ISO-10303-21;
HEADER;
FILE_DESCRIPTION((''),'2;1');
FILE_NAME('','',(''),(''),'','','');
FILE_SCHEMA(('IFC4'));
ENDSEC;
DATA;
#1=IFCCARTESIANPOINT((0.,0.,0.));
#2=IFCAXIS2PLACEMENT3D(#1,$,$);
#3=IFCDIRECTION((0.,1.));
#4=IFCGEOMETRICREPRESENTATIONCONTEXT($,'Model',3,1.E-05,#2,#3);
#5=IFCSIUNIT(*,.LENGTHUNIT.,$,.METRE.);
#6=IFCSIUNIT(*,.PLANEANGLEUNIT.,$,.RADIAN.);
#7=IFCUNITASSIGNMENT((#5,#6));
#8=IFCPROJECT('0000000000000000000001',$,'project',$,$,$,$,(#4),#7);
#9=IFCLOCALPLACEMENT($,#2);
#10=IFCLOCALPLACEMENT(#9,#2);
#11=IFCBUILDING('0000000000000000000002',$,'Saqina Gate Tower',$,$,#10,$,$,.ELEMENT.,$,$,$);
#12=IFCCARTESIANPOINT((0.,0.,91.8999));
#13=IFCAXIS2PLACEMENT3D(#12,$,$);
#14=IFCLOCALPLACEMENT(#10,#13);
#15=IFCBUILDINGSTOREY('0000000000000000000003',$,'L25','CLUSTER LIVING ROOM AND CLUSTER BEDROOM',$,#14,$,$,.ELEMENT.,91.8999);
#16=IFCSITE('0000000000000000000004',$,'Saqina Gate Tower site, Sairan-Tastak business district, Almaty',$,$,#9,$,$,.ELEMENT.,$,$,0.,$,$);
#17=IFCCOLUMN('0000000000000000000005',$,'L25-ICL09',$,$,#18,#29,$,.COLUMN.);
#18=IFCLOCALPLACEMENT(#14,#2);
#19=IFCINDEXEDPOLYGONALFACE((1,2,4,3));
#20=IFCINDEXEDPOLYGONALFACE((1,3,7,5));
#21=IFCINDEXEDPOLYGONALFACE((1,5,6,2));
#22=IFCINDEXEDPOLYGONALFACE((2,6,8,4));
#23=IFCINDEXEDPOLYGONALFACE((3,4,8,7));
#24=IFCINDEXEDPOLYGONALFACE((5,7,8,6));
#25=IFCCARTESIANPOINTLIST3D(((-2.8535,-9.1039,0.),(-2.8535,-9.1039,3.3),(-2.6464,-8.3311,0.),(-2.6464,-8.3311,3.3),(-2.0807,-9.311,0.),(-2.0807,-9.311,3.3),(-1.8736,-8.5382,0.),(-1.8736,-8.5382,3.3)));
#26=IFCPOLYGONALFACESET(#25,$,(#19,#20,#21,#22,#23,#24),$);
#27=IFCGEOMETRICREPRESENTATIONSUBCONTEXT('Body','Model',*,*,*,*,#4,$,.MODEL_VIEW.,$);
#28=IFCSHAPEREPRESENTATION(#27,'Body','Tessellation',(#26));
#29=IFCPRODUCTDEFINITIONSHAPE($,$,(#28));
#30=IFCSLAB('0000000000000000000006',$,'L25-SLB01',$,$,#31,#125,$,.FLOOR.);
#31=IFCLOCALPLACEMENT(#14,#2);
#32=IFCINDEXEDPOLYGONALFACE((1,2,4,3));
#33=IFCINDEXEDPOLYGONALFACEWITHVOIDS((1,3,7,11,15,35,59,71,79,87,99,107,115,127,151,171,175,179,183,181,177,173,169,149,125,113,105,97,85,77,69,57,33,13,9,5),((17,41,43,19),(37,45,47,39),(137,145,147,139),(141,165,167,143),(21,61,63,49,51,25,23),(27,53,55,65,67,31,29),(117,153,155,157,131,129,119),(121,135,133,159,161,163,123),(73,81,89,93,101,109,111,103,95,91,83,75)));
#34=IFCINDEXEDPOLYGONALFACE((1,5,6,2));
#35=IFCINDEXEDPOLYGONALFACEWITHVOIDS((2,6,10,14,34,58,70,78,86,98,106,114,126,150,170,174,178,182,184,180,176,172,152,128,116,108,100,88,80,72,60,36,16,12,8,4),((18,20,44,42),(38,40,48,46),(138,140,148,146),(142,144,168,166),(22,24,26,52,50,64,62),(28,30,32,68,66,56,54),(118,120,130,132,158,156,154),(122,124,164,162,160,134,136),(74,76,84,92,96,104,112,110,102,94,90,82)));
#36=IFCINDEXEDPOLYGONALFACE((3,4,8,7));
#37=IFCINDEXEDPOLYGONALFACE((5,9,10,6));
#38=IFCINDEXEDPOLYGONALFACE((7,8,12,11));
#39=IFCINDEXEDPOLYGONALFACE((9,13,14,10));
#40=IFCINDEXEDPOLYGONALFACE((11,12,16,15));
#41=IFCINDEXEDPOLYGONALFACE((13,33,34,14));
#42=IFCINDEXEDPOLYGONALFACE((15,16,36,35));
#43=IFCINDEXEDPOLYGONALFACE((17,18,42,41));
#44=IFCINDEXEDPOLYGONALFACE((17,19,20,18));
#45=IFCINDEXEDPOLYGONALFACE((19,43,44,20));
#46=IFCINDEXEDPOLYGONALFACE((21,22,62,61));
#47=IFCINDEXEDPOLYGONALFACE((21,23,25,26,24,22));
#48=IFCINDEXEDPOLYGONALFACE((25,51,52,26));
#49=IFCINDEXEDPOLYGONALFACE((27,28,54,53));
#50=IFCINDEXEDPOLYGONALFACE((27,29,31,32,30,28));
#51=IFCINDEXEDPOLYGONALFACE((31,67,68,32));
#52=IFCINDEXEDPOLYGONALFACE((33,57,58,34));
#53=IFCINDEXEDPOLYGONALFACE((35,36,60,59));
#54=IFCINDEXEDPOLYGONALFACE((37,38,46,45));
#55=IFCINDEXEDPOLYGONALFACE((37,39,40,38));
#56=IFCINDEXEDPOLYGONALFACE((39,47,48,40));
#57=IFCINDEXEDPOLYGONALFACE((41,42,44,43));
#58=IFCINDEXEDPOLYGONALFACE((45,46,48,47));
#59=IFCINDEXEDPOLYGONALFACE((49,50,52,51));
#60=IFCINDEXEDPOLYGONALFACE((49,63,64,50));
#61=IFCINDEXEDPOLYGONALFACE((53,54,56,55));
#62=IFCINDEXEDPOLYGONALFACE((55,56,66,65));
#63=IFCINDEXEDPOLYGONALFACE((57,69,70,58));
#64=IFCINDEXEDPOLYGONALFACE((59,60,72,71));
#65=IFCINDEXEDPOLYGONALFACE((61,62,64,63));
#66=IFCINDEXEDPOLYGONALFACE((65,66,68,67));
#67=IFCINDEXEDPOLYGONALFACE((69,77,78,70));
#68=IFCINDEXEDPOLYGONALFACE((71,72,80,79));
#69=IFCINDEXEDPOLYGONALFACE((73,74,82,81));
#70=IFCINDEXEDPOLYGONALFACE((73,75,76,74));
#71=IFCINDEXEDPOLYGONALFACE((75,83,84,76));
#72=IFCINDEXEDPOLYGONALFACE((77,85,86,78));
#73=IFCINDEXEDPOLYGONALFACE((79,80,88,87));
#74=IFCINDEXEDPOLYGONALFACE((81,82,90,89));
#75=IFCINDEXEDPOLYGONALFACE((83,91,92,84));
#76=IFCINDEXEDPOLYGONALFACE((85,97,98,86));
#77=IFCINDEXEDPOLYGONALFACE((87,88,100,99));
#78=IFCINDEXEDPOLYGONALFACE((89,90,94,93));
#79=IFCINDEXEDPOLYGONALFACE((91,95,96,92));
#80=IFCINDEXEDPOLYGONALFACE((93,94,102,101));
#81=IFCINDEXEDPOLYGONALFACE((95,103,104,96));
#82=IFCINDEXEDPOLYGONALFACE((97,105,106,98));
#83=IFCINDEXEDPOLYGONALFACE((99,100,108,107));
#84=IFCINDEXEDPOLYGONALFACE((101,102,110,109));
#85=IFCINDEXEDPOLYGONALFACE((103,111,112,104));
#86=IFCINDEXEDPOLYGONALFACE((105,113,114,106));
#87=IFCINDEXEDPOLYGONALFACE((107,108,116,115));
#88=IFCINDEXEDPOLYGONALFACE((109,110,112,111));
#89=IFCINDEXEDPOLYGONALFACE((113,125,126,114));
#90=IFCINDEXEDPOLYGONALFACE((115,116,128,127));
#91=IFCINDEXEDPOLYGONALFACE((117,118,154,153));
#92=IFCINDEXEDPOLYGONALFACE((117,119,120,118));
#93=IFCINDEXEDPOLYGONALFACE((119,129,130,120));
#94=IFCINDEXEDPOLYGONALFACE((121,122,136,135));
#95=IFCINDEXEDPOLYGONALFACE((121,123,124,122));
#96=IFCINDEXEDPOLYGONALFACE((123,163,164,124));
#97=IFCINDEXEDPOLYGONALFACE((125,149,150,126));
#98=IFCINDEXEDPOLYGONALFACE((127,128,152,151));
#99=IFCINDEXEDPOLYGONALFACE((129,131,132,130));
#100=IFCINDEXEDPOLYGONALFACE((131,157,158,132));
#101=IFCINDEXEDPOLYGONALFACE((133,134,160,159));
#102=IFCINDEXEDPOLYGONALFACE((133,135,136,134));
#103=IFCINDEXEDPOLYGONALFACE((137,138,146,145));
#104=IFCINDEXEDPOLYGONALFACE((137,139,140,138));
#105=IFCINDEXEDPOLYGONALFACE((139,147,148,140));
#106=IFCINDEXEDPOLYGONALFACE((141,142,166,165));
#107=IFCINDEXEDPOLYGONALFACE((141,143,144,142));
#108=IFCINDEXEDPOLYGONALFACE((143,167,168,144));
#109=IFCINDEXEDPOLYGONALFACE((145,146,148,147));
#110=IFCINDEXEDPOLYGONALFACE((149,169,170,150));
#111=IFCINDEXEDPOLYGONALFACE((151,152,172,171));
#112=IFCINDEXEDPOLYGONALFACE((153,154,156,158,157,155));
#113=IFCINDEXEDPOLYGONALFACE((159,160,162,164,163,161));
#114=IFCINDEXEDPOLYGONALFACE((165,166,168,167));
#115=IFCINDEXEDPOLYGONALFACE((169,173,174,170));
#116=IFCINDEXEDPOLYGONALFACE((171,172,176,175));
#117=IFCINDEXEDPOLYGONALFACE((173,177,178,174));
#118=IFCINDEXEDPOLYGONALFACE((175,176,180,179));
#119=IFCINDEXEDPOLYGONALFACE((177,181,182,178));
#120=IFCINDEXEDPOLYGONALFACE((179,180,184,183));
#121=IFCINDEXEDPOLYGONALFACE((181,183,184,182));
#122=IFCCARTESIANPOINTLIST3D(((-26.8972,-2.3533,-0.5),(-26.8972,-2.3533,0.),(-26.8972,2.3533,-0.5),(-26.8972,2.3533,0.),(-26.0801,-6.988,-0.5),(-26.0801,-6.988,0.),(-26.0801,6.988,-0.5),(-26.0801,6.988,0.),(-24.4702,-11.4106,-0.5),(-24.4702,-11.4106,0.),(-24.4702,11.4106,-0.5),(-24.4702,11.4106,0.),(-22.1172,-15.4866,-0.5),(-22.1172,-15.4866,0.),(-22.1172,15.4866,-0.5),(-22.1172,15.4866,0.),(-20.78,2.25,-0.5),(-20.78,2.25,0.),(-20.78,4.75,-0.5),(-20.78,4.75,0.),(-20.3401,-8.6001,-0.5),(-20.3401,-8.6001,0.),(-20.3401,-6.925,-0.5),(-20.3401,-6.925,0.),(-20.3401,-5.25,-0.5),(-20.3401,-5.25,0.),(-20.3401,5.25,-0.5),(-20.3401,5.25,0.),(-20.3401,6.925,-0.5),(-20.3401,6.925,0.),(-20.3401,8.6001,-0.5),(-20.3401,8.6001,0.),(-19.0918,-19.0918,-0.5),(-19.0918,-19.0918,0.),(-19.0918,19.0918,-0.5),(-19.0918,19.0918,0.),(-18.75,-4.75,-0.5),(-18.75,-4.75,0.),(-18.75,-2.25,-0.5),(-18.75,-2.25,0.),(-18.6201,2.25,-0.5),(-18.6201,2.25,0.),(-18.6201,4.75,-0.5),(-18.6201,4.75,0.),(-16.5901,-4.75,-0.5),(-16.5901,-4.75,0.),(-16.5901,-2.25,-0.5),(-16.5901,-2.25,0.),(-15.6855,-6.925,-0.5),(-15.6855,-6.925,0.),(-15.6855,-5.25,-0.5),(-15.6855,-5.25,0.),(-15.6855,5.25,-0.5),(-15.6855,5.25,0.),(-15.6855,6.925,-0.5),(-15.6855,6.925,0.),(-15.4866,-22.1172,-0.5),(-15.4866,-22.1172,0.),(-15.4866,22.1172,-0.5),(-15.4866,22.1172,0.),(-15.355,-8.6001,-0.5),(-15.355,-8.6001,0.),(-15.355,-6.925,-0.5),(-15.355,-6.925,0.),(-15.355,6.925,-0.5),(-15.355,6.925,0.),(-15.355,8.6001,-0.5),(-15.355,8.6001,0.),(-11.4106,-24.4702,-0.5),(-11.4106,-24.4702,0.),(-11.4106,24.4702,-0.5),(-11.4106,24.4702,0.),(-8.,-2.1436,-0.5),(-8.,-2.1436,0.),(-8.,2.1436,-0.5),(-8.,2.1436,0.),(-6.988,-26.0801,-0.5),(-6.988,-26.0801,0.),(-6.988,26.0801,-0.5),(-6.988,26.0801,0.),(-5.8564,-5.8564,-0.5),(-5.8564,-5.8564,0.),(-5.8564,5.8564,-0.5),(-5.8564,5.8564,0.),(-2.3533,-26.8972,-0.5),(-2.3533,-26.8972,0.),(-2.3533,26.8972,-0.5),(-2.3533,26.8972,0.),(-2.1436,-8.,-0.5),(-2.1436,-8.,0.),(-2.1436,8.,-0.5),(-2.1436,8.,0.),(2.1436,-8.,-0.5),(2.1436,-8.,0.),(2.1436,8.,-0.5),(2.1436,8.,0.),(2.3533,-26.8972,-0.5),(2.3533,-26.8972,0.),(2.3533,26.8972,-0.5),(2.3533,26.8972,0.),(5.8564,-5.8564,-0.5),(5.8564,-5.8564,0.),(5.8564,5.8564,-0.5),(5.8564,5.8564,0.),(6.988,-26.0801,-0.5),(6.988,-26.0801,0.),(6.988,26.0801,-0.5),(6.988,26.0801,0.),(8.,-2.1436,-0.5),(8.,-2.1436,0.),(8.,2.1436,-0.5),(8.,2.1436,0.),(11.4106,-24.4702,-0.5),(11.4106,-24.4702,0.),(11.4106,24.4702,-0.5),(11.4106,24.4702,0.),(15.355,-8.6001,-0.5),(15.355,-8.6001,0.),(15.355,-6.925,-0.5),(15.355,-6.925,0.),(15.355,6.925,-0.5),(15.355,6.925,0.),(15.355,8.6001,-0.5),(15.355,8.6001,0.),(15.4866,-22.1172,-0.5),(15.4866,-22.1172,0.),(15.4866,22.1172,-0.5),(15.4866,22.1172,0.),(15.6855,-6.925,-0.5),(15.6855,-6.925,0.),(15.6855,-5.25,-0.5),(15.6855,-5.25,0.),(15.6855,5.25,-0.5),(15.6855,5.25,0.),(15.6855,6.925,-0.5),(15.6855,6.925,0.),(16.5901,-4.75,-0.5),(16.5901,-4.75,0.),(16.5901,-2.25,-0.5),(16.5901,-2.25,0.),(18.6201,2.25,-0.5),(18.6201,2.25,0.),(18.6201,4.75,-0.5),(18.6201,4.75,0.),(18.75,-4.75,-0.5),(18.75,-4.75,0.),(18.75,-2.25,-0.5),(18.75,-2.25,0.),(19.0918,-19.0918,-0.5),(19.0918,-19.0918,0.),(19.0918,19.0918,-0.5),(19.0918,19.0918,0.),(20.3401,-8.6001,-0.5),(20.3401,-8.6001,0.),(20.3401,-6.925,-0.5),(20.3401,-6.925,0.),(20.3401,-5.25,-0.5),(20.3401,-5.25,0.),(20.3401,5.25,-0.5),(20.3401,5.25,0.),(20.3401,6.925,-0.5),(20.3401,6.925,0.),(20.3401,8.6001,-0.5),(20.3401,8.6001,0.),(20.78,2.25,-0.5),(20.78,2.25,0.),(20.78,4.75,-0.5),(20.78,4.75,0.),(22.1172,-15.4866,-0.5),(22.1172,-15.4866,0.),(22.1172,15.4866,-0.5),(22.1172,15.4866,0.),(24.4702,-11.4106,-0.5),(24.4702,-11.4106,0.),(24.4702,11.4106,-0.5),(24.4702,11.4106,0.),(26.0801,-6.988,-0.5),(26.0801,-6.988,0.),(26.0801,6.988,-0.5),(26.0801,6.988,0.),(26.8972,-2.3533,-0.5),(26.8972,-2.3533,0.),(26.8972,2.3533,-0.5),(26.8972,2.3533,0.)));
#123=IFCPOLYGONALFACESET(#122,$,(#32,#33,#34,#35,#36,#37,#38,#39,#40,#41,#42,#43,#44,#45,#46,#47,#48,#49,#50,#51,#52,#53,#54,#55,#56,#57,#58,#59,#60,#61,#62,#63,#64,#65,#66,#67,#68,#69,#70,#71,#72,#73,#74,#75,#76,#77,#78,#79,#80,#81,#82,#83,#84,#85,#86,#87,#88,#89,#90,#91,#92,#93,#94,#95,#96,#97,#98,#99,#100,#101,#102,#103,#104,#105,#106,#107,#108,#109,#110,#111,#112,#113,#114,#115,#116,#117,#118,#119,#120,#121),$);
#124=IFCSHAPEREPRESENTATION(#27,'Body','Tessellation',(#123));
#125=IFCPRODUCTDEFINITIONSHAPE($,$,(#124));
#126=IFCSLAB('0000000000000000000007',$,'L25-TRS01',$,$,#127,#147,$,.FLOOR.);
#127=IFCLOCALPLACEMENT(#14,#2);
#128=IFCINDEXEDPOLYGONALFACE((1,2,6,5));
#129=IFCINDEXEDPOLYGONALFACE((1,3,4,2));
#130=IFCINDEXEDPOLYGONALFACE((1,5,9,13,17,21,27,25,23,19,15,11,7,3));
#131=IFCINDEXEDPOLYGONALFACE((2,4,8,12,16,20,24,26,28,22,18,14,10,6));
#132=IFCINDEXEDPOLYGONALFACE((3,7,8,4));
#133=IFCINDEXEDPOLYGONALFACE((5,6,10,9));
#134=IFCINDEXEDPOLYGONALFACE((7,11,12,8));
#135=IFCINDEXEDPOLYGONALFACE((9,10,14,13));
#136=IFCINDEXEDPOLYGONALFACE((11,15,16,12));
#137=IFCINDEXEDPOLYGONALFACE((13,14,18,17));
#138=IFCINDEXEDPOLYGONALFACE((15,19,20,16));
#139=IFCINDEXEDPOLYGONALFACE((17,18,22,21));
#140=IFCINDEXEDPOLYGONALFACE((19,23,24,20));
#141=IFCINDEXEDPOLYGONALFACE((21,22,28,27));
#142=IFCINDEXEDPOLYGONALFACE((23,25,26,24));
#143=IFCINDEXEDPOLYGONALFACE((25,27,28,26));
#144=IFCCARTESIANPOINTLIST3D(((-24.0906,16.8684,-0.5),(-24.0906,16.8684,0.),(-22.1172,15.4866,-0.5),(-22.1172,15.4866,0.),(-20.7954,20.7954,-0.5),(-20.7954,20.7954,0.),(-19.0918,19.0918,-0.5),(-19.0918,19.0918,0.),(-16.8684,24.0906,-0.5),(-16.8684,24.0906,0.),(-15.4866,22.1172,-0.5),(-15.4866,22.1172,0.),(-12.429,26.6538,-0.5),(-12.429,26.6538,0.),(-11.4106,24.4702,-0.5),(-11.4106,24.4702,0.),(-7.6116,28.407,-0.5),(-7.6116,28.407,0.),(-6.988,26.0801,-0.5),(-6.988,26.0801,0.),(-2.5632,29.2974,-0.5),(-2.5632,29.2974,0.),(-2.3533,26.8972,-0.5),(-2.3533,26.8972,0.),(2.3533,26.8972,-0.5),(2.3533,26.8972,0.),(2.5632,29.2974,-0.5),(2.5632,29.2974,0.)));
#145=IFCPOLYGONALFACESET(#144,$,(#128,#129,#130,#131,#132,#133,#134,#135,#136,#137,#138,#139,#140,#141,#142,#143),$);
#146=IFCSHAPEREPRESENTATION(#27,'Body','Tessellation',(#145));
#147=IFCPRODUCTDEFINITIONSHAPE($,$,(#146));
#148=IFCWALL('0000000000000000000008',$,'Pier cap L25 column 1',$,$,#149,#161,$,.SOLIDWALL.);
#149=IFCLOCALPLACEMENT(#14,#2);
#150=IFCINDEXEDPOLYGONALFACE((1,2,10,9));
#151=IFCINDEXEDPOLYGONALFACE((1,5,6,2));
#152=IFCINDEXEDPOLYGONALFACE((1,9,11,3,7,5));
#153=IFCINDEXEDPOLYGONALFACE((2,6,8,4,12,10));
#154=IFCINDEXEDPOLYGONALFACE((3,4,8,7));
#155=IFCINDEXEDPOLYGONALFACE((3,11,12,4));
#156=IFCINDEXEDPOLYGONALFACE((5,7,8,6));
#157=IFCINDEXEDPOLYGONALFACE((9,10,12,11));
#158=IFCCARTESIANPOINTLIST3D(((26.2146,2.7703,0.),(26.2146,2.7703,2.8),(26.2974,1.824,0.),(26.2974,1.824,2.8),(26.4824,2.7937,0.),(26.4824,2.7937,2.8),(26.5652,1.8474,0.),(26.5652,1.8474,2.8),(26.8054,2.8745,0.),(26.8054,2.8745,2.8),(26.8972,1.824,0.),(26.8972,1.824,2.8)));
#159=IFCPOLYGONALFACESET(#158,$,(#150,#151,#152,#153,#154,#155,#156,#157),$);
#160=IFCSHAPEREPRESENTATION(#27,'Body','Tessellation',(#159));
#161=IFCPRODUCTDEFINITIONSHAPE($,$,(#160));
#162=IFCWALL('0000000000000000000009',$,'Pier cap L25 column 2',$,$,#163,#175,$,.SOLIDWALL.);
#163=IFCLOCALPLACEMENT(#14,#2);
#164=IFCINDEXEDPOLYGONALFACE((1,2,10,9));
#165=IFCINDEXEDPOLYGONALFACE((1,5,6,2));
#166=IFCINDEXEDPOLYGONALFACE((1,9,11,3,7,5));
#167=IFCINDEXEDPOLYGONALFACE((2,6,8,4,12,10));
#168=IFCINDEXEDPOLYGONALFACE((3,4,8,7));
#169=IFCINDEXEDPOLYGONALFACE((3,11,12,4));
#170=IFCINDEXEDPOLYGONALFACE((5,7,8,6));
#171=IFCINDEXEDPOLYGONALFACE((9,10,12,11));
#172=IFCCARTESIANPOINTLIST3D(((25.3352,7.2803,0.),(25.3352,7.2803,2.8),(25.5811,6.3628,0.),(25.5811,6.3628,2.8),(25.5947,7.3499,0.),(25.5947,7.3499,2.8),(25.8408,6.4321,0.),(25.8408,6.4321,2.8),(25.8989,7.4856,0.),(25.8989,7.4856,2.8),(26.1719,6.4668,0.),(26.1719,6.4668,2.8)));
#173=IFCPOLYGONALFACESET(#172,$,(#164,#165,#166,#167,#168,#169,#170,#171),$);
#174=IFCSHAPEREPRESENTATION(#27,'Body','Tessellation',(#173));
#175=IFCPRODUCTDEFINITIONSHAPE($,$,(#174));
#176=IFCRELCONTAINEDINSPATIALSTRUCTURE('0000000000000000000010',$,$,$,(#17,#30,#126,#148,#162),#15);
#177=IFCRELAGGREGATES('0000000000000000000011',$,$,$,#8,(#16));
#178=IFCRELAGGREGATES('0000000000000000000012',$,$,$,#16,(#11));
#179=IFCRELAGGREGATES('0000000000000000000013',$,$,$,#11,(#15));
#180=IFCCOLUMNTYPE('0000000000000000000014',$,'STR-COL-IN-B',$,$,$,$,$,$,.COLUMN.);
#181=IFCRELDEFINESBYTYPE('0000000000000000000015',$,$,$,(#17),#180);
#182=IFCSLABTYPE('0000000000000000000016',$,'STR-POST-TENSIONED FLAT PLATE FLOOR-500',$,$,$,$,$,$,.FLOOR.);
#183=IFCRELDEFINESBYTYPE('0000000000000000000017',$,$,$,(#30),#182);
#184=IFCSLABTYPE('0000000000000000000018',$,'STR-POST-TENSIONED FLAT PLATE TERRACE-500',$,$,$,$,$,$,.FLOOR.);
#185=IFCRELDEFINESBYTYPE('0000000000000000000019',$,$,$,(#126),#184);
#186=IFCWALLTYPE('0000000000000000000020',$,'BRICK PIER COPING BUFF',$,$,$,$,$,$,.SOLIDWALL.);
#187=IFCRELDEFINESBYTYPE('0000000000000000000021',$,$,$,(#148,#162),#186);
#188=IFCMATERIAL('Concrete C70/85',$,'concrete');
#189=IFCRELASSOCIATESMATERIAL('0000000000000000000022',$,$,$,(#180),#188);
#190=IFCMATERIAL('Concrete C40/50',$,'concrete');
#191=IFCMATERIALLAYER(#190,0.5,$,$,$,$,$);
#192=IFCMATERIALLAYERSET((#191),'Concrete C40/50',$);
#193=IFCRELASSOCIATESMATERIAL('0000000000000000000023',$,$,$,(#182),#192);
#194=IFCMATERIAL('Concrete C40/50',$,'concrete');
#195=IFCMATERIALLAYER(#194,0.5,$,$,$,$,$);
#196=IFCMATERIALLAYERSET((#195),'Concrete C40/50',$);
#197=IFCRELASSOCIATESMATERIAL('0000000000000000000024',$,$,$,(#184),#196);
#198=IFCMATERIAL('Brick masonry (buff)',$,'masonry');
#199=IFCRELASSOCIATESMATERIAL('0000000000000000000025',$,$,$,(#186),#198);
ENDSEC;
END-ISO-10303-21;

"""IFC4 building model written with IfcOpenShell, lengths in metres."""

from ifc_helpers import new_model, si_unit, direction, frame, origin, origin_2d, place, context, subcontext, project, spatial, polyline, rectangle, outline, extrude, material, layer, layer_set, material_profile, profile_set, type_object, element, save


model = new_model("IFC4")

# Units and contexts
model_context = context("Model", 3, precision=1e-05, world=origin(), true_north=direction((0.0, 1.0)))
body_context = subcontext(model_context, "Body", "Model", "MODEL_VIEW")
ifc_project = project(units=[si_unit("LENGTHUNIT", "METRE"), si_unit("PLANEANGLEUNIT", "RADIAN")], contexts=[model_context])

# Site, building, storey
site_placement = place(None, origin())
site = spatial("IfcSite", under=ifc_project, at=site_placement, Name="Saqina Gate Tower site, Sairan-Tastak business district, Almaty", CompositionType="ELEMENT", RefElevation=0.0)
building_placement = place(site_placement, origin())
building = spatial("IfcBuilding", under=site, at=building_placement, Name="Saqina Gate Tower", CompositionType="ELEMENT")
storey_placement = place(building_placement, frame((0.0, 0.0, 91.8999)))
storey = spatial("IfcBuildingStorey", under=building, at=storey_placement, Name="L25", Description="CLUSTER LIVING ROOM AND CLUSTER BEDROOM", CompositionType="ELEMENT", Elevation=91.8999)

# Column
ifc_material_1 = material(Name="Concrete C70/85", Category="concrete")
ifc_material_profile = material_profile(ifc_material_1, rectangle(XDim=0.8, YDim=0.8, at=origin_2d()), Name="RC 800x800")
ifc_profile_set = profile_set([ifc_material_profile], Name="Concrete C70/85")
column_type = type_object("IfcColumnType", Name="STR-COL-IN-B", PredefinedType="COLUMN", material=ifc_profile_set)
column_placement = place(storey_placement, frame((-2.3635, -8.821, 0.0), z_axis=(0.0, 0.0, 1.0), x_axis=(-0.258819, -0.965926, 0.0)))
element("IfcColumn", 1, at=column_placement, inside=storey, type_object=column_type, Name="L25-ICL09", PredefinedType="COLUMN", context=body_context, shape_type="SweptSolid", body=[
    extrude(rectangle(XDim=0.8, YDim=0.8, at=origin_2d()), origin(), (0.0, 0.0, 1.0), 3.3),
])

# Slabs
ifc_material_2 = material(Name="Concrete C40/50", Category="concrete")
ifc_layer_1 = layer(ifc_material_2, 0.5)
ifc_layer_set_1 = layer_set([ifc_layer_1], Name="Concrete C40/50")
slab_type_1 = type_object("IfcSlabType", Name="STR-POST-TENSIONED FLAT PLATE FLOOR-500", PredefinedType="FLOOR", material=ifc_layer_set_1)
slab_1_placement = place(storey_placement, frame((0.0, 0.0, -0.5)))
element("IfcSlab", 2, at=slab_1_placement, inside=storey, type_object=slab_type_1, Name="L25-SLB01", PredefinedType="FLOOR", context=body_context, shape_type="SweptSolid", body=[
    extrude(outline(polyline([(26.0801, -6.988), (26.8972, -2.3533), (26.8972, 2.3533), (26.0801, 6.988), (24.4702, 11.4106), (22.1172, 15.4866), (19.0918, 19.0918), (15.4866, 22.1172), (11.4106, 24.4702), (6.988, 26.0801), (2.3533, 26.8972), (-2.3533, 26.8972), (-6.988, 26.0801), (-11.4106, 24.4702), (-15.4866, 22.1172), (-19.0918, 19.0918), (-22.1172, 15.4866), (-24.4702, 11.4106), (-26.0801, 6.988), (-26.8972, 2.3533), (-26.8972, -2.3533), (-26.0801, -6.988), (-24.4702, -11.4106), (-22.1172, -15.4866), (-19.0918, -19.0918), (-15.4866, -22.1172), (-11.4106, -24.4702), (-6.988, -26.0801), (-2.3533, -26.8972), (2.3533, -26.8972), (6.988, -26.0801), (11.4106, -24.4702), (15.4866, -22.1172), (19.0918, -19.0918), (22.1172, -15.4866), (24.4702, -11.4106), (26.0801, -6.988)]), holes=[polyline([(2.1436, 8.0), (5.8564, 5.8564), (8.0, 2.1436), (8.0, -2.1436), (5.8564, -5.8564), (2.1436, -8.0), (-2.1436, -8.0), (-5.8564, -5.8564), (-8.0, -2.1436), (-8.0, 2.1436), (-5.8564, 5.8564), (-2.1436, 8.0), (2.1436, 8.0)]), polyline([(-15.355, -8.6001), (-20.3401, -8.6001), (-20.3401, -6.925), (-20.3401, -5.25), (-15.6855, -5.25), (-15.6855, -6.925), (-15.355, -6.925), (-15.355, -8.6001)]), polyline([(-16.5901, -2.25), (-16.5901, -4.75), (-18.75, -4.75), (-18.75, -2.25), (-16.5901, -2.25)]), polyline([(-20.78, 4.75), (-18.6201, 4.75), (-18.6201, 2.25), (-20.78, 2.25), (-20.78, 4.75)]), polyline([(-20.3401, 6.925), (-20.3401, 8.6001), (-15.355, 8.6001), (-15.355, 6.925), (-15.6855, 6.925), (-15.6855, 5.25), (-20.3401, 5.25), (-20.3401, 6.925)]), polyline([(15.355, -8.6001), (15.355, -6.925), (15.6855, -6.925), (15.6855, -5.25), (20.3401, -5.25), (20.3401, -6.925), (20.3401, -8.6001), (15.355, -8.6001)]), polyline([(18.75, -2.25), (18.75, -4.75), (16.5901, -4.75), (16.5901, -2.25), (18.75, -2.25)]), polyline([(18.6201, 4.75), (20.78, 4.75), (20.78, 2.25), (18.6201, 2.25), (18.6201, 4.75)]), polyline([(15.6855, 6.925), (15.355, 6.925), (15.355, 8.6001), (20.3401, 8.6001), (20.3401, 6.925), (20.3401, 5.25), (15.6855, 5.25), (15.6855, 6.925)])]), origin(), (0.0, 0.0, 1.0), 0.5),
])
ifc_material_3 = material(Name="Concrete C40/50", Category="concrete")
ifc_layer_2 = layer(ifc_material_3, 0.5)
ifc_layer_set_2 = layer_set([ifc_layer_2], Name="Concrete C40/50")
slab_type_2 = type_object("IfcSlabType", Name="STR-POST-TENSIONED FLAT PLATE TERRACE-500", PredefinedType="FLOOR", material=ifc_layer_set_2)
slab_2_placement = place(storey_placement, frame((0.0, 0.0, -0.5)))
element("IfcSlab", 3, at=slab_2_placement, inside=storey, type_object=slab_type_2, Name="L25-TRS01", PredefinedType="FLOOR", context=body_context, shape_type="SweptSolid", body=[
    extrude(outline(polyline([(2.3533, 26.8972), (-2.3533, 26.8972), (-6.988, 26.0801), (-11.4106, 24.4702), (-15.4866, 22.1172), (-19.0918, 19.0918), (-22.1172, 15.4866), (-24.0906, 16.8684), (-20.7954, 20.7954), (-16.8684, 24.0906), (-12.429, 26.6538), (-7.6116, 28.407), (-2.5632, 29.2974), (2.5632, 29.2974), (2.3533, 26.8972)])), origin(), (0.0, 0.0, 1.0), 0.5),
])

# Walls
ifc_material_4 = material(Name="Brick masonry (buff)", Category="masonry")
wall_type_1 = type_object("IfcWallType", Name="BRICK PIER COPING BUFF", PredefinedType="SOLIDWALL", material=ifc_material_4)
wall_1_placement = place(storey_placement, origin())
element("IfcWall", 4, at=wall_1_placement, inside=storey, type_object=wall_type_1, Name="Pier cap L25 column 1", PredefinedType="SOLIDWALL", context=body_context, shape_type="SweptSolid", body=[
    extrude(outline(polyline([(26.8054, 2.8745), (26.2146, 2.7703), (26.4824, 2.7937), (26.5652, 1.8474), (26.2974, 1.824), (26.8972, 1.824), (26.8054, 2.8745)])), origin(), (0.0, 0.0, 1.0), 2.8),
])
wall_2_placement = place(storey_placement, origin())
element("IfcWall", 5, at=wall_2_placement, inside=storey, type_object=wall_type_1, Name="Pier cap L25 column 2", PredefinedType="SOLIDWALL", context=body_context, shape_type="SweptSolid", body=[
    extrude(outline(polyline([(26.1719, 6.4668), (25.8989, 7.4856), (25.3352, 7.2803), (25.5947, 7.3499), (25.8408, 6.4321), (25.5811, 6.3628), (26.1719, 6.4668)])), origin(), (0.0, 0.0, 1.0), 2.8),
])

save(model, "model.ifc")
